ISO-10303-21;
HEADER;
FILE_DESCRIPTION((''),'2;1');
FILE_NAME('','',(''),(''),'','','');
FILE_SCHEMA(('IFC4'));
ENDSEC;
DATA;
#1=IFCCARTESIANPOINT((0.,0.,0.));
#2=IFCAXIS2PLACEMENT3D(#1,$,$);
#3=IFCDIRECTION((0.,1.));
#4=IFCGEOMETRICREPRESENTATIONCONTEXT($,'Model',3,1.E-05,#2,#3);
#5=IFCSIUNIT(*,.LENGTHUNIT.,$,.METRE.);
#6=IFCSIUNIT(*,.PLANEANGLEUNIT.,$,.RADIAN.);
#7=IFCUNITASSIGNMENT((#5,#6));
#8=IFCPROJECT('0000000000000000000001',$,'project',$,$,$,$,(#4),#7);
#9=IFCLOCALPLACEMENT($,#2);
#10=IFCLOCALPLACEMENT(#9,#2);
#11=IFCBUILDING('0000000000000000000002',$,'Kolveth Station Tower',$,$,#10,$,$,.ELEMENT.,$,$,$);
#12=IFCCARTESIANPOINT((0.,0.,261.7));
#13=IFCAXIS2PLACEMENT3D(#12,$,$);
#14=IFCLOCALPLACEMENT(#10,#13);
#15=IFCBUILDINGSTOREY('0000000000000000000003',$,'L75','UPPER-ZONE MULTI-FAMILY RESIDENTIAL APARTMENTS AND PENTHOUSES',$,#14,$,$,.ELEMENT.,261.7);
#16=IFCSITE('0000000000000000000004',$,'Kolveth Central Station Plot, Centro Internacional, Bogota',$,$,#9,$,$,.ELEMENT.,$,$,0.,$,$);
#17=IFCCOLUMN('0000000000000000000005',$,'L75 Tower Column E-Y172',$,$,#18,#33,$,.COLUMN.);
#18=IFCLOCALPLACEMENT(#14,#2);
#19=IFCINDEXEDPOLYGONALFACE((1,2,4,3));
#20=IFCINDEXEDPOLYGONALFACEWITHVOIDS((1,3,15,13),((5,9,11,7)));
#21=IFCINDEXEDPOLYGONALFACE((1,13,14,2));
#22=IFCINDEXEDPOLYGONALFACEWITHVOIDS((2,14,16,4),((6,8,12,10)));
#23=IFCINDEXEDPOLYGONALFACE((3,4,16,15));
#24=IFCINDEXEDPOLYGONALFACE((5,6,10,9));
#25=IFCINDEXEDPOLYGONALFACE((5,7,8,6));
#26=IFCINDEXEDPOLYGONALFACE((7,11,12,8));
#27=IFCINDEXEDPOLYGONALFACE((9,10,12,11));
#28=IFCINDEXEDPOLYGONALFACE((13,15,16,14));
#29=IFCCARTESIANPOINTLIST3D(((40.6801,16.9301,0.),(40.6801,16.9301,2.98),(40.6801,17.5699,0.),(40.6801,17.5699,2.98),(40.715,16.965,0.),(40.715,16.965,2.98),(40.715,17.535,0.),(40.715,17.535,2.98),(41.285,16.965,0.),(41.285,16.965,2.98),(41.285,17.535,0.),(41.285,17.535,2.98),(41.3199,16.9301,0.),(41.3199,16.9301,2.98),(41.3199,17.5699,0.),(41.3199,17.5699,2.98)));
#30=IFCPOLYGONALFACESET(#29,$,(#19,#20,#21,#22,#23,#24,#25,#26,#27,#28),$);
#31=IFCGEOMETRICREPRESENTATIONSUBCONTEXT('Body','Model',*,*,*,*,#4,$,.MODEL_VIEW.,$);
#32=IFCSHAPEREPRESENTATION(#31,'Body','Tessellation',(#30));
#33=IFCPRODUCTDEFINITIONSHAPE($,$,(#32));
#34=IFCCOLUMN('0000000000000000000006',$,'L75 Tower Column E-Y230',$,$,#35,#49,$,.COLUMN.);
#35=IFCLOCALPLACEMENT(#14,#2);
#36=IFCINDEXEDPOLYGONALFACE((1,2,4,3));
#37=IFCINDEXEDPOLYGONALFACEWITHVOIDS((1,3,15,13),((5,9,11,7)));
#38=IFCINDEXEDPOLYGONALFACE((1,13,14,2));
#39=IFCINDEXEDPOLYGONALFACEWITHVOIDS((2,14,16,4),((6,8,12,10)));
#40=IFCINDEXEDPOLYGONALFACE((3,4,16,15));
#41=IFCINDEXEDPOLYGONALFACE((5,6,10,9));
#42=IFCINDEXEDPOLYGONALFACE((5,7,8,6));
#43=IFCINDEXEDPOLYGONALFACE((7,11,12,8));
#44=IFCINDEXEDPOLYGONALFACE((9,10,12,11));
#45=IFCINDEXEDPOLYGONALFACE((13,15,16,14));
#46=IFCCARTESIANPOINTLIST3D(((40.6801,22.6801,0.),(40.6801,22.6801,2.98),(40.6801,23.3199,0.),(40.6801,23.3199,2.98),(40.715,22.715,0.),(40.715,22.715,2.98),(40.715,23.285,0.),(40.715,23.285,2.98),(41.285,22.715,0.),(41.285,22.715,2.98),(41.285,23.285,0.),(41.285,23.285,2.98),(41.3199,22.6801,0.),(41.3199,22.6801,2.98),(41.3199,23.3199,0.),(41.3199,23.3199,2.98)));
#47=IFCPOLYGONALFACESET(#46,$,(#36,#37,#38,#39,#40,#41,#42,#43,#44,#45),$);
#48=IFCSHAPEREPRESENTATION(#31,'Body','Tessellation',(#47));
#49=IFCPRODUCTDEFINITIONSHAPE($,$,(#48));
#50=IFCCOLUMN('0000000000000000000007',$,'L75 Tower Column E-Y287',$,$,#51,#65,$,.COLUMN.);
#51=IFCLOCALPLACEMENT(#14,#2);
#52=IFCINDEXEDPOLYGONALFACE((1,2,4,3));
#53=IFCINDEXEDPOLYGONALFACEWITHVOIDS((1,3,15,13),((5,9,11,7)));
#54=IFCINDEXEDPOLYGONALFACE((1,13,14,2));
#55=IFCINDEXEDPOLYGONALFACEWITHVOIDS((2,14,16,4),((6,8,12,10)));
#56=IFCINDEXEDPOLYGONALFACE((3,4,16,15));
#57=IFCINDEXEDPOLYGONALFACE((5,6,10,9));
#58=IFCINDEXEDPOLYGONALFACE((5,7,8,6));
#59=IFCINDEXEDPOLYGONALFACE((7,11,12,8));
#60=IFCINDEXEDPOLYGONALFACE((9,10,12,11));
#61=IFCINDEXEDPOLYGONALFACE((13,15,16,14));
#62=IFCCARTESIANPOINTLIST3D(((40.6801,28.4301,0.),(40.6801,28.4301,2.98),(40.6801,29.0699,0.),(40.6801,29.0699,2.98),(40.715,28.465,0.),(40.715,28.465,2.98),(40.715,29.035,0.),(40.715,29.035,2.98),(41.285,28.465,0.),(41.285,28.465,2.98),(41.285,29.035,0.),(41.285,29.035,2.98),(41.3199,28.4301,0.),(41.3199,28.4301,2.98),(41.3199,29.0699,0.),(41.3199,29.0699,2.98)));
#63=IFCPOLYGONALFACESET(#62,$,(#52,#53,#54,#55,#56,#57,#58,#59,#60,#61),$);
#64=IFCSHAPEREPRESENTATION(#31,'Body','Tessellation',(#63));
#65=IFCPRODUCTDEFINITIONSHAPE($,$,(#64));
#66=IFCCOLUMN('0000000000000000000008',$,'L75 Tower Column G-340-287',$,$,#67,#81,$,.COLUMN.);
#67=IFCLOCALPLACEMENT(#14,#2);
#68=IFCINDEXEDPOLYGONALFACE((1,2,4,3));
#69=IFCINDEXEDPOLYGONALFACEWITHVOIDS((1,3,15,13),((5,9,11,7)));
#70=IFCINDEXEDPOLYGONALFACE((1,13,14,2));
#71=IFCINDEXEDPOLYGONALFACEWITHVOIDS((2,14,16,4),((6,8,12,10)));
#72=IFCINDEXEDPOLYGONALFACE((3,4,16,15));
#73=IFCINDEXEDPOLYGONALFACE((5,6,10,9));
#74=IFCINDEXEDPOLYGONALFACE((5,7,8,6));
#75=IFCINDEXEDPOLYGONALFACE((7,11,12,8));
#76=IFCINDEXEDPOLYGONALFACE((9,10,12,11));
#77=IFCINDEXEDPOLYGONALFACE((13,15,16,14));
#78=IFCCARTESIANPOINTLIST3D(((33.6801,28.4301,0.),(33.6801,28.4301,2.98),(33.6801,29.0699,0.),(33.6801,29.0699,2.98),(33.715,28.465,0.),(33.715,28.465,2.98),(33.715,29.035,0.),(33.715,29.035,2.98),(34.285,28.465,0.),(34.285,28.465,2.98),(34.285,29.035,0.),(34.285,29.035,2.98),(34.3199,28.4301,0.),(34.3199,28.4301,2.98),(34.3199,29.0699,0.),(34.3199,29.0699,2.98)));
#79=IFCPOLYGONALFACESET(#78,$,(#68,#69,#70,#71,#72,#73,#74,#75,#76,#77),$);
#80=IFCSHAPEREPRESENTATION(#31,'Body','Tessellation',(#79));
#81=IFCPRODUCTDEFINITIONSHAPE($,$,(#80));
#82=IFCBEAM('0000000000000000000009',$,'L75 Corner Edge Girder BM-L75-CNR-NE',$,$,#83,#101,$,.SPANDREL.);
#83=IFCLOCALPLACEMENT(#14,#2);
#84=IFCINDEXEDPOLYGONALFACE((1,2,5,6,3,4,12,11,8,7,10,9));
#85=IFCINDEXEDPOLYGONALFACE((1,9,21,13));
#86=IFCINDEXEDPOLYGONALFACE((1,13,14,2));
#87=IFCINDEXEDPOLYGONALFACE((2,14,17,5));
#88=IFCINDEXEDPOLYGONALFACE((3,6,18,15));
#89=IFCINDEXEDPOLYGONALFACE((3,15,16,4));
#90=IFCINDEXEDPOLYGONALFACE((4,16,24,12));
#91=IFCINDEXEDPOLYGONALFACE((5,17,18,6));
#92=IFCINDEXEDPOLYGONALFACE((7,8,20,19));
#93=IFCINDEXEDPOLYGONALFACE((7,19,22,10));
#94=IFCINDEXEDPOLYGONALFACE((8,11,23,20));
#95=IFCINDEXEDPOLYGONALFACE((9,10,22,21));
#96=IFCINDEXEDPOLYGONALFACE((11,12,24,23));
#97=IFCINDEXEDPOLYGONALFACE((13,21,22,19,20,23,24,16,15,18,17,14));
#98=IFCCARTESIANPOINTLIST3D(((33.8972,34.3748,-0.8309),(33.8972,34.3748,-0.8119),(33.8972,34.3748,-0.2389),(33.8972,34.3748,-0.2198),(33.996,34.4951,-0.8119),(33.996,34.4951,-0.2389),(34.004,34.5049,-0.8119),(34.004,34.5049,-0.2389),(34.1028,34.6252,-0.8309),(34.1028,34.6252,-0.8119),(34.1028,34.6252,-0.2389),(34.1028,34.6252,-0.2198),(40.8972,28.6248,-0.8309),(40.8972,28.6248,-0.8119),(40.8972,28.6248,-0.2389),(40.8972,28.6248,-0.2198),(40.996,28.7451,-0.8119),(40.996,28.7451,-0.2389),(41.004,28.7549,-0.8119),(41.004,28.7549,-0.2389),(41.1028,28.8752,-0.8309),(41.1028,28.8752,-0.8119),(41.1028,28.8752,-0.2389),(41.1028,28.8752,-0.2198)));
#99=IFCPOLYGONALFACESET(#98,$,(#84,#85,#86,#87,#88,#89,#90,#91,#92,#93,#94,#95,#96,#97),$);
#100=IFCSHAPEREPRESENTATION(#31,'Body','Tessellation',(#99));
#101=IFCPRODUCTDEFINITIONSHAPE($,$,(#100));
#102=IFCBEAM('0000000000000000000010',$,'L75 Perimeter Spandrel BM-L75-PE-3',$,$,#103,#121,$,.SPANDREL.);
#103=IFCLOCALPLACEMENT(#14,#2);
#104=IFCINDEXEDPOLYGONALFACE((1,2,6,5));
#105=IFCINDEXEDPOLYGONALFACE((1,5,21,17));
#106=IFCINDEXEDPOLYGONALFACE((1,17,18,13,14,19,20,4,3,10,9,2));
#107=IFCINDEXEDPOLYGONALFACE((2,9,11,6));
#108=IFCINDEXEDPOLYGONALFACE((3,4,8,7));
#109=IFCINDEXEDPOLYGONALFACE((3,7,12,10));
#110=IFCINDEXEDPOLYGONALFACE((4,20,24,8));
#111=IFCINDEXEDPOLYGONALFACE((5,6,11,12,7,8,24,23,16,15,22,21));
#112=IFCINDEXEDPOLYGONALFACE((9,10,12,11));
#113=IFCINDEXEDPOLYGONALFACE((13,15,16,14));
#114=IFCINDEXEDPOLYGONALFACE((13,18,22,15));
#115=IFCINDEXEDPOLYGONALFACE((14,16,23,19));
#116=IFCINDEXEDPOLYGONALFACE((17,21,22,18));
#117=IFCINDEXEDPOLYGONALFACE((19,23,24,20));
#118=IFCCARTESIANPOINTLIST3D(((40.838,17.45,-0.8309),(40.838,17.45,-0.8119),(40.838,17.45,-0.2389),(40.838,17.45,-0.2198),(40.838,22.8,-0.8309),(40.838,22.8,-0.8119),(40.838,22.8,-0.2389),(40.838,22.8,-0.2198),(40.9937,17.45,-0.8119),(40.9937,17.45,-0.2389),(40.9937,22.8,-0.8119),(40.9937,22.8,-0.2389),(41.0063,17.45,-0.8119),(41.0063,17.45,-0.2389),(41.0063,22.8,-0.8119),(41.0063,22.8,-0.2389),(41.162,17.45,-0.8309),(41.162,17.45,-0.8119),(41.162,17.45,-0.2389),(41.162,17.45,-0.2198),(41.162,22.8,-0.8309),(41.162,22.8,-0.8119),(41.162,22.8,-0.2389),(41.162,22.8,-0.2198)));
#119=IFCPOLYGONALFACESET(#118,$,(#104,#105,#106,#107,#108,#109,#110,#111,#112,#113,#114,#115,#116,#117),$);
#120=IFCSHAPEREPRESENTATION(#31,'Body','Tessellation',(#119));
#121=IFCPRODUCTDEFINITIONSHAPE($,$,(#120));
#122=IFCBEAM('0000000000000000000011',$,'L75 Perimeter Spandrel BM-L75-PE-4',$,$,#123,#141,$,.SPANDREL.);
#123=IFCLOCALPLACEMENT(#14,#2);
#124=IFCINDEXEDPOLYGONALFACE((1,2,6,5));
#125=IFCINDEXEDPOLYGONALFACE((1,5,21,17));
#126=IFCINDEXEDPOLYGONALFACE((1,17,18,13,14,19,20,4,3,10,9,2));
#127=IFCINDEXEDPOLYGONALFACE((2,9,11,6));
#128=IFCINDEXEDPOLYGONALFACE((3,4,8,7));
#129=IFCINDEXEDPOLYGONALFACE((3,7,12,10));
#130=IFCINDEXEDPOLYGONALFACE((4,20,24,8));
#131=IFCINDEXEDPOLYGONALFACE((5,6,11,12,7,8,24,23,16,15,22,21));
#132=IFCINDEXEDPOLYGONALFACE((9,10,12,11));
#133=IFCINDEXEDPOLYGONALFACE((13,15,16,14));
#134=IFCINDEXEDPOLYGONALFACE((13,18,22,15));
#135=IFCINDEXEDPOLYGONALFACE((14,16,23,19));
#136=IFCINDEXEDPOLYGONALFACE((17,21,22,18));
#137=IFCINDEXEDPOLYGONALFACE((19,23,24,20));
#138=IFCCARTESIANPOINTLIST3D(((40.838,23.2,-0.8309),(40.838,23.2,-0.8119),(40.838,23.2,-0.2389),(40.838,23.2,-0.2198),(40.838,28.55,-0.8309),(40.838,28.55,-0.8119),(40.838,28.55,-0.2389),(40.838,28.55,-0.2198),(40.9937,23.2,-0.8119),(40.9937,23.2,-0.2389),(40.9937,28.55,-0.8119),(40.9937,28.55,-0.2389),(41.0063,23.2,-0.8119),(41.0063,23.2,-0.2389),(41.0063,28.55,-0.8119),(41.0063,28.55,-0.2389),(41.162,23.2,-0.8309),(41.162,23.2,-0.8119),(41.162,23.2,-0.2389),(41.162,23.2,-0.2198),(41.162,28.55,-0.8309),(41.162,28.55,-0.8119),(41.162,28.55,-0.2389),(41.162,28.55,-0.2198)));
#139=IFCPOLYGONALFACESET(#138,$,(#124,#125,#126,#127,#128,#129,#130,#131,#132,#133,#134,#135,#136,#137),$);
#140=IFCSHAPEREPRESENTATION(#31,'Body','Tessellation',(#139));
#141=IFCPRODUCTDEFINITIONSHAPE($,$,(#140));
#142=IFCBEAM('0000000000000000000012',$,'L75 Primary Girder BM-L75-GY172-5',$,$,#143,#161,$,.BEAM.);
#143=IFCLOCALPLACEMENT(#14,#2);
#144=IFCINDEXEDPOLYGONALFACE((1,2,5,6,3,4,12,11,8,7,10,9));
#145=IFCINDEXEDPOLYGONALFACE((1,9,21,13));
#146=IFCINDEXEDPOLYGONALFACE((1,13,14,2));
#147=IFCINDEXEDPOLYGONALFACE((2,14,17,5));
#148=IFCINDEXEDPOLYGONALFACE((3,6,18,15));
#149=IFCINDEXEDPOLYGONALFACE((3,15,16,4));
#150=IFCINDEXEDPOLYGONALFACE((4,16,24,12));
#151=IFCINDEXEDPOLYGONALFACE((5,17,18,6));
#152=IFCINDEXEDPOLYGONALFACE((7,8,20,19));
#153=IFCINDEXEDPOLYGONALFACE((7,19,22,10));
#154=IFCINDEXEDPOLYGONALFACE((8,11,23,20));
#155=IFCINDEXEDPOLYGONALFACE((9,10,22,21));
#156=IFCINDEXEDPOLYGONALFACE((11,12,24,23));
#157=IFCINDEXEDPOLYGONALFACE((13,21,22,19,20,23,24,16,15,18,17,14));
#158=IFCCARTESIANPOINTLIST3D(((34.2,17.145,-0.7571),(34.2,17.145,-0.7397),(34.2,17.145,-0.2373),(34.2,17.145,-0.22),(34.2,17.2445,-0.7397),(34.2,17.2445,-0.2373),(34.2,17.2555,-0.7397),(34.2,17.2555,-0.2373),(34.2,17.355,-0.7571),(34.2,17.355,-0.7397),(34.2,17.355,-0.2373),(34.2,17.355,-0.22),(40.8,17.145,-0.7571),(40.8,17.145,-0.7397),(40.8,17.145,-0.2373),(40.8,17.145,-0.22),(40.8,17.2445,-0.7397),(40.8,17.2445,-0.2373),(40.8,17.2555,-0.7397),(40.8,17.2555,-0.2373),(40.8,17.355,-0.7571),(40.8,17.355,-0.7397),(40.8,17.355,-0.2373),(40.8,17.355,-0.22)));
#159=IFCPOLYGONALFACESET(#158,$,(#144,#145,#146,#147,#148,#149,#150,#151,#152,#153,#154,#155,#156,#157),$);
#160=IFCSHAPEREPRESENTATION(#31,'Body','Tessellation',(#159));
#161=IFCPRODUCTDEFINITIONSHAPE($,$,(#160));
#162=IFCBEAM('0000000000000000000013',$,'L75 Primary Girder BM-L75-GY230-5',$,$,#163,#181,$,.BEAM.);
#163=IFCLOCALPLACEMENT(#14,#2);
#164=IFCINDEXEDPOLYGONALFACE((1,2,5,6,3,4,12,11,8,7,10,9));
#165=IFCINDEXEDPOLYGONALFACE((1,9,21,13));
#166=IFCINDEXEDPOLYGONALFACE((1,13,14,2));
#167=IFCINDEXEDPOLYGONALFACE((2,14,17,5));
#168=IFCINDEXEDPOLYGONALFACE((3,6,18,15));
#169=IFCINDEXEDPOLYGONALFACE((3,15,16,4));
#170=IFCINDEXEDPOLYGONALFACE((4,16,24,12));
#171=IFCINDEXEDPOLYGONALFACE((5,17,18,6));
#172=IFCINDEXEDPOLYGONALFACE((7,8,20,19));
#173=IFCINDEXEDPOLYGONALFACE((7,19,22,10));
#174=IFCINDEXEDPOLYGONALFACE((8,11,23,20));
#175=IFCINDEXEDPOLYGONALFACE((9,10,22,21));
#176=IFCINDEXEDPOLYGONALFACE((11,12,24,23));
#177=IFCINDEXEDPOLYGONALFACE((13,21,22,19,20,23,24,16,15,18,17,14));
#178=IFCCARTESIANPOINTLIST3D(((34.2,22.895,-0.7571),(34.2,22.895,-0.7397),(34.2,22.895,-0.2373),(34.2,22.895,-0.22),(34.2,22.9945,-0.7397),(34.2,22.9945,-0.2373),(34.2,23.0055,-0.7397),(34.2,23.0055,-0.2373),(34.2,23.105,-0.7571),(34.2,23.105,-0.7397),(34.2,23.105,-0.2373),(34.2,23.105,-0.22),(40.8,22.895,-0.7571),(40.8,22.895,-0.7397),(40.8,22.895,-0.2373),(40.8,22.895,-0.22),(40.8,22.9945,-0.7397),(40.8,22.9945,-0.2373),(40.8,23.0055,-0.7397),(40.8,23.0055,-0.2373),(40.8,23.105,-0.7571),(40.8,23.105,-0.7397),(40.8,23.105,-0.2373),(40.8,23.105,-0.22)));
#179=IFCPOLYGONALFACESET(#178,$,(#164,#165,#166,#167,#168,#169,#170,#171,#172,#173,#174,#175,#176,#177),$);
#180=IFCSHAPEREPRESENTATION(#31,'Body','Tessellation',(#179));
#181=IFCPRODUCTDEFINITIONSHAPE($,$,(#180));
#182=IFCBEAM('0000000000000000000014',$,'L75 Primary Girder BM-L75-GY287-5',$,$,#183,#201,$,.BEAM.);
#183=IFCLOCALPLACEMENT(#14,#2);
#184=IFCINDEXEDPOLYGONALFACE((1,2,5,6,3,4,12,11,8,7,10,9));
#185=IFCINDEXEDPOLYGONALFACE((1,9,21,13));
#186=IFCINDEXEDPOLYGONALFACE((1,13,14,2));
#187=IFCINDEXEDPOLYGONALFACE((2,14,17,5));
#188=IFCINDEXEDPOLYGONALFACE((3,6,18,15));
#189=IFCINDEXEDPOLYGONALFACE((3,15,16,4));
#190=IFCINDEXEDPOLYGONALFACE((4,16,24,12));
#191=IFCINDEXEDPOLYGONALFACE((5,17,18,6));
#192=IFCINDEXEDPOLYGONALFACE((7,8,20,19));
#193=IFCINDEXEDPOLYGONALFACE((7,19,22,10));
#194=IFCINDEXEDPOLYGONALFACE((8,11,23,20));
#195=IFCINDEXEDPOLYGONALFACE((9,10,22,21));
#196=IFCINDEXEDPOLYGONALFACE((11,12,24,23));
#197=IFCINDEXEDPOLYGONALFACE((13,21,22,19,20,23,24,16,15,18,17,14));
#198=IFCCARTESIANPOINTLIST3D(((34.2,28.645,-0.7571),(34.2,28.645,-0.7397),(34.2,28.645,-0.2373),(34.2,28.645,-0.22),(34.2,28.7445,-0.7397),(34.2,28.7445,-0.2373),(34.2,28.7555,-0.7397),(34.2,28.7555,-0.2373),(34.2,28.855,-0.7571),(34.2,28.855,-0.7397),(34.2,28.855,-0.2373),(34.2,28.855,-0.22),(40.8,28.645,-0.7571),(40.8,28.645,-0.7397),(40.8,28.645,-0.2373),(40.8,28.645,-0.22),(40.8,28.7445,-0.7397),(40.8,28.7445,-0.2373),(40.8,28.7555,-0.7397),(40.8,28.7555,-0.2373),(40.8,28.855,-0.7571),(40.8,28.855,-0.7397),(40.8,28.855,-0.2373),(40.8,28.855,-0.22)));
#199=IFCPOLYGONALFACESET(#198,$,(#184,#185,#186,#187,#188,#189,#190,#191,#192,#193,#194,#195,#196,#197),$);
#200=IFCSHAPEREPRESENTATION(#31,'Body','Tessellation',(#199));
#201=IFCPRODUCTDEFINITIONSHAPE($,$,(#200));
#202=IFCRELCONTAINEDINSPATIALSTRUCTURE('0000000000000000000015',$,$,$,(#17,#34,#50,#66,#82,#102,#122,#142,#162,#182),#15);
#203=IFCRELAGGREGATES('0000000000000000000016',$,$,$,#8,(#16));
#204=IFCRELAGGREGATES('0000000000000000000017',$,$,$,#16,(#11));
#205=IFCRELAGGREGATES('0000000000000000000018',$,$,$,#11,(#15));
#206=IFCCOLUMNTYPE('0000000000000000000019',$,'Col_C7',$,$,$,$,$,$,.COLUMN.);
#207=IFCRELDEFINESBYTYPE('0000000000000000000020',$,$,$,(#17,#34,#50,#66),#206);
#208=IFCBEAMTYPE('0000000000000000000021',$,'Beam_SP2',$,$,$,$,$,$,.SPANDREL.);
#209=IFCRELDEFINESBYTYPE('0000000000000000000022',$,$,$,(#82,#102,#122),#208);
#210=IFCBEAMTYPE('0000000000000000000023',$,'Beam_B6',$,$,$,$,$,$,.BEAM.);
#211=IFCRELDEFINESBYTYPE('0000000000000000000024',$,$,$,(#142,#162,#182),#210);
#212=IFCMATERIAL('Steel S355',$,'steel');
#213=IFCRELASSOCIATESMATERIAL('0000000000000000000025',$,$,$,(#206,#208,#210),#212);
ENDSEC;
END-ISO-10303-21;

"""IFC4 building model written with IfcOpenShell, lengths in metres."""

from ifc_helpers import new_model, si_unit, direction, frame, origin, origin_2d, place, context, subcontext, project, spatial, hollow_rectangle, i_section, extrude, source, transform, mapped, material, material_profile, profile_set, type_object, element, save


model = new_model("IFC4")

# Units and contexts
model_context = context("Model", 3, precision=1e-05, world=origin(), true_north=direction((0.0, 1.0)))
body_context = subcontext(model_context, "Body", "Model", "MODEL_VIEW")
ifc_project = project(units=[si_unit("LENGTHUNIT", "METRE"), si_unit("PLANEANGLEUNIT", "RADIAN")], contexts=[model_context])

# Site, building, storey
site_placement = place(None, origin())
site = spatial("IfcSite", under=ifc_project, at=site_placement, Name="Kolveth Central Station Plot, Centro Internacional, Bogota", CompositionType="ELEMENT", RefElevation=0.0)
building_placement = place(site_placement, origin())
building = spatial("IfcBuilding", under=site, at=building_placement, Name="Kolveth Station Tower", CompositionType="ELEMENT")
storey_placement = place(building_placement, frame((0.0, 0.0, 261.7)))
storey = spatial("IfcBuildingStorey", under=building, at=storey_placement, Name="L75", Description="UPPER-ZONE MULTI-FAMILY RESIDENTIAL APARTMENTS AND PENTHOUSES", CompositionType="ELEMENT", Elevation=261.7)

# Columns
ifc_material_1 = material(Name="Steel S355", Category="steel")
ifc_material_profile_1 = material_profile(ifc_material_1, hollow_rectangle(XDim=0.6399, YDim=0.6399, WallThickness=0.0349, at=origin_2d()), Name="BOX640x640x35")
ifc_profile_set_1 = profile_set([ifc_material_profile_1], Name="Steel S355")
column_type = type_object("IfcColumnType", Name="Col_C7", PredefinedType="COLUMN", material=ifc_profile_set_1)
shared_shape_1 = source(origin(), body_context, "Body", "SweptSolid", [
    extrude(hollow_rectangle(XDim=0.6399, YDim=0.6399, WallThickness=0.0349, at=origin_2d()), origin(), (0.0, 0.0, 1.0), 2.98),
])
for number, where, z_axis, x_axis, name in (
    (1, (41.0, 17.25, 0.0), (0.0, 0.0, 1.0), (1.0, 0.0, 0.0), "L75 Tower Column E-Y172"),
    (2, (41.0, 23.0, 0.0), (0.0, 0.0, 1.0), (1.0, 0.0, 0.0), "L75 Tower Column E-Y230"),
    (3, (41.0, 28.75, 0.0), (0.0, 0.0, 1.0), (1.0, 0.0, 0.0), "L75 Tower Column E-Y287"),
    (4, (34.0, 28.75, 0.0), (0.0, 0.0, 1.0), (1.0, 0.0, 0.0), "L75 Tower Column G-340-287"),
):
    element("IfcColumn", number, at=place(storey_placement, frame(where, z_axis=z_axis, x_axis=x_axis)), inside=storey, type_object=column_type, Name=name, PredefinedType="COLUMN", context=body_context, shape_type="MappedRepresentation", body=[
        mapped(shared_shape_1, transform((0.0, 0.0, 0.0), x_axis=(1.0, 0.0, 0.0), y_axis=(0.0, 1.0, 0.0), z_axis=(0.0, 0.0, 1.0), scale=1.0)),
    ])

# Beams
ifc_material_profile_2 = material_profile(ifc_material_1, i_section(OverallWidth=0.324, OverallDepth=0.6111, WebThickness=0.0127, FlangeThickness=0.019, at=origin_2d()), Name="W610x155")
ifc_profile_set_2 = profile_set([ifc_material_profile_2], Name="Steel S355")
beam_type_1 = type_object("IfcBeamType", Name="Beam_SP2", PredefinedType="SPANDREL", material=ifc_profile_set_2)
shared_shape_2 = source(origin(), body_context, "Body", "SweptSolid", [
    extrude(i_section(OverallWidth=0.324, OverallDepth=0.6111, WebThickness=0.0127, FlangeThickness=0.019, at=origin_2d()), origin(), (0.0, 0.0, 1.0), 9.0588),
])
beam_1_placement = place(storey_placement, frame((41.0, 28.75, -0.5254), z_axis=(-0.772726, 0.634739, 0.0), x_axis=(-0.634739, -0.772726, 0.0)))
element("IfcBeam", 5, at=beam_1_placement, inside=storey, type_object=beam_type_1, Name="L75 Corner Edge Girder BM-L75-CNR-NE", PredefinedType="SPANDREL", context=body_context, shape_type="MappedRepresentation", body=[
    mapped(shared_shape_2, transform((0.0, 0.0, 0.0), x_axis=(1.0, 0.0, 0.0), y_axis=(0.0, 1.0, 0.0), z_axis=(0.0, 0.0, 1.0), scale=1.0)),
])
shared_shape_3 = source(origin(), body_context, "Body", "SweptSolid", [
    extrude(i_section(OverallWidth=0.324, OverallDepth=0.6111, WebThickness=0.0127, FlangeThickness=0.019, at=origin_2d()), origin(), (0.0, 0.0, 1.0), 5.3501),
])
for number, where, z_axis, x_axis, name in (
    (6, (41.0, 17.45, -0.5254), (0.0, 1.0, 0.0), (-1.0, 0.0, 0.0), "L75 Perimeter Spandrel BM-L75-PE-3"),
    (7, (41.0, 23.2, -0.5254), (0.0, 1.0, 0.0), (-1.0, 0.0, 0.0), "L75 Perimeter Spandrel BM-L75-PE-4"),
):
    element("IfcBeam", number, at=place(storey_placement, frame(where, z_axis=z_axis, x_axis=x_axis)), inside=storey, type_object=beam_type_1, Name=name, PredefinedType="SPANDREL", context=body_context, shape_type="MappedRepresentation", body=[
        mapped(shared_shape_3, transform((0.0, 0.0, 0.0), x_axis=(1.0, 0.0, 0.0), y_axis=(0.0, 1.0, 0.0), z_axis=(0.0, 0.0, 1.0), scale=1.0)),
    ])
ifc_material_profile_3 = material_profile(ifc_material_1, i_section(OverallWidth=0.21, OverallDepth=0.5371, WebThickness=0.011, FlangeThickness=0.0173, at=origin_2d()), Name="W530x101")
ifc_profile_set_3 = profile_set([ifc_material_profile_3], Name="Steel S355")
beam_type_2 = type_object("IfcBeamType", Name="Beam_B6", PredefinedType="BEAM", material=ifc_profile_set_3)
shared_shape_4 = source(origin(), body_context, "Body", "SweptSolid", [
    extrude(i_section(OverallWidth=0.21, OverallDepth=0.5371, WebThickness=0.011, FlangeThickness=0.0173, at=origin_2d()), origin(), (0.0, 0.0, 1.0), 6.6001),
])
for number, where, z_axis, x_axis, name in (
    (8, (34.2, 17.25, -0.4885), (1.0, 0.0, 0.0), (0.0, 1.0, 0.0), "L75 Primary Girder BM-L75-GY172-5"),
    (9, (34.2, 23.0, -0.4885), (1.0, 0.0, 0.0), (0.0, 1.0, 0.0), "L75 Primary Girder BM-L75-GY230-5"),
    (10, (34.2, 28.75, -0.4885), (1.0, 0.0, 0.0), (0.0, 1.0, 0.0), "L75 Primary Girder BM-L75-GY287-5"),
):
    element("IfcBeam", number, at=place(storey_placement, frame(where, z_axis=z_axis, x_axis=x_axis)), inside=storey, type_object=beam_type_2, Name=name, PredefinedType="BEAM", context=body_context, shape_type="MappedRepresentation", body=[
        mapped(shared_shape_4, transform((0.0, 0.0, 0.0), x_axis=(1.0, 0.0, 0.0), y_axis=(0.0, 1.0, 0.0), z_axis=(0.0, 0.0, 1.0), scale=1.0)),
    ])

save(model, "model.ifc")
